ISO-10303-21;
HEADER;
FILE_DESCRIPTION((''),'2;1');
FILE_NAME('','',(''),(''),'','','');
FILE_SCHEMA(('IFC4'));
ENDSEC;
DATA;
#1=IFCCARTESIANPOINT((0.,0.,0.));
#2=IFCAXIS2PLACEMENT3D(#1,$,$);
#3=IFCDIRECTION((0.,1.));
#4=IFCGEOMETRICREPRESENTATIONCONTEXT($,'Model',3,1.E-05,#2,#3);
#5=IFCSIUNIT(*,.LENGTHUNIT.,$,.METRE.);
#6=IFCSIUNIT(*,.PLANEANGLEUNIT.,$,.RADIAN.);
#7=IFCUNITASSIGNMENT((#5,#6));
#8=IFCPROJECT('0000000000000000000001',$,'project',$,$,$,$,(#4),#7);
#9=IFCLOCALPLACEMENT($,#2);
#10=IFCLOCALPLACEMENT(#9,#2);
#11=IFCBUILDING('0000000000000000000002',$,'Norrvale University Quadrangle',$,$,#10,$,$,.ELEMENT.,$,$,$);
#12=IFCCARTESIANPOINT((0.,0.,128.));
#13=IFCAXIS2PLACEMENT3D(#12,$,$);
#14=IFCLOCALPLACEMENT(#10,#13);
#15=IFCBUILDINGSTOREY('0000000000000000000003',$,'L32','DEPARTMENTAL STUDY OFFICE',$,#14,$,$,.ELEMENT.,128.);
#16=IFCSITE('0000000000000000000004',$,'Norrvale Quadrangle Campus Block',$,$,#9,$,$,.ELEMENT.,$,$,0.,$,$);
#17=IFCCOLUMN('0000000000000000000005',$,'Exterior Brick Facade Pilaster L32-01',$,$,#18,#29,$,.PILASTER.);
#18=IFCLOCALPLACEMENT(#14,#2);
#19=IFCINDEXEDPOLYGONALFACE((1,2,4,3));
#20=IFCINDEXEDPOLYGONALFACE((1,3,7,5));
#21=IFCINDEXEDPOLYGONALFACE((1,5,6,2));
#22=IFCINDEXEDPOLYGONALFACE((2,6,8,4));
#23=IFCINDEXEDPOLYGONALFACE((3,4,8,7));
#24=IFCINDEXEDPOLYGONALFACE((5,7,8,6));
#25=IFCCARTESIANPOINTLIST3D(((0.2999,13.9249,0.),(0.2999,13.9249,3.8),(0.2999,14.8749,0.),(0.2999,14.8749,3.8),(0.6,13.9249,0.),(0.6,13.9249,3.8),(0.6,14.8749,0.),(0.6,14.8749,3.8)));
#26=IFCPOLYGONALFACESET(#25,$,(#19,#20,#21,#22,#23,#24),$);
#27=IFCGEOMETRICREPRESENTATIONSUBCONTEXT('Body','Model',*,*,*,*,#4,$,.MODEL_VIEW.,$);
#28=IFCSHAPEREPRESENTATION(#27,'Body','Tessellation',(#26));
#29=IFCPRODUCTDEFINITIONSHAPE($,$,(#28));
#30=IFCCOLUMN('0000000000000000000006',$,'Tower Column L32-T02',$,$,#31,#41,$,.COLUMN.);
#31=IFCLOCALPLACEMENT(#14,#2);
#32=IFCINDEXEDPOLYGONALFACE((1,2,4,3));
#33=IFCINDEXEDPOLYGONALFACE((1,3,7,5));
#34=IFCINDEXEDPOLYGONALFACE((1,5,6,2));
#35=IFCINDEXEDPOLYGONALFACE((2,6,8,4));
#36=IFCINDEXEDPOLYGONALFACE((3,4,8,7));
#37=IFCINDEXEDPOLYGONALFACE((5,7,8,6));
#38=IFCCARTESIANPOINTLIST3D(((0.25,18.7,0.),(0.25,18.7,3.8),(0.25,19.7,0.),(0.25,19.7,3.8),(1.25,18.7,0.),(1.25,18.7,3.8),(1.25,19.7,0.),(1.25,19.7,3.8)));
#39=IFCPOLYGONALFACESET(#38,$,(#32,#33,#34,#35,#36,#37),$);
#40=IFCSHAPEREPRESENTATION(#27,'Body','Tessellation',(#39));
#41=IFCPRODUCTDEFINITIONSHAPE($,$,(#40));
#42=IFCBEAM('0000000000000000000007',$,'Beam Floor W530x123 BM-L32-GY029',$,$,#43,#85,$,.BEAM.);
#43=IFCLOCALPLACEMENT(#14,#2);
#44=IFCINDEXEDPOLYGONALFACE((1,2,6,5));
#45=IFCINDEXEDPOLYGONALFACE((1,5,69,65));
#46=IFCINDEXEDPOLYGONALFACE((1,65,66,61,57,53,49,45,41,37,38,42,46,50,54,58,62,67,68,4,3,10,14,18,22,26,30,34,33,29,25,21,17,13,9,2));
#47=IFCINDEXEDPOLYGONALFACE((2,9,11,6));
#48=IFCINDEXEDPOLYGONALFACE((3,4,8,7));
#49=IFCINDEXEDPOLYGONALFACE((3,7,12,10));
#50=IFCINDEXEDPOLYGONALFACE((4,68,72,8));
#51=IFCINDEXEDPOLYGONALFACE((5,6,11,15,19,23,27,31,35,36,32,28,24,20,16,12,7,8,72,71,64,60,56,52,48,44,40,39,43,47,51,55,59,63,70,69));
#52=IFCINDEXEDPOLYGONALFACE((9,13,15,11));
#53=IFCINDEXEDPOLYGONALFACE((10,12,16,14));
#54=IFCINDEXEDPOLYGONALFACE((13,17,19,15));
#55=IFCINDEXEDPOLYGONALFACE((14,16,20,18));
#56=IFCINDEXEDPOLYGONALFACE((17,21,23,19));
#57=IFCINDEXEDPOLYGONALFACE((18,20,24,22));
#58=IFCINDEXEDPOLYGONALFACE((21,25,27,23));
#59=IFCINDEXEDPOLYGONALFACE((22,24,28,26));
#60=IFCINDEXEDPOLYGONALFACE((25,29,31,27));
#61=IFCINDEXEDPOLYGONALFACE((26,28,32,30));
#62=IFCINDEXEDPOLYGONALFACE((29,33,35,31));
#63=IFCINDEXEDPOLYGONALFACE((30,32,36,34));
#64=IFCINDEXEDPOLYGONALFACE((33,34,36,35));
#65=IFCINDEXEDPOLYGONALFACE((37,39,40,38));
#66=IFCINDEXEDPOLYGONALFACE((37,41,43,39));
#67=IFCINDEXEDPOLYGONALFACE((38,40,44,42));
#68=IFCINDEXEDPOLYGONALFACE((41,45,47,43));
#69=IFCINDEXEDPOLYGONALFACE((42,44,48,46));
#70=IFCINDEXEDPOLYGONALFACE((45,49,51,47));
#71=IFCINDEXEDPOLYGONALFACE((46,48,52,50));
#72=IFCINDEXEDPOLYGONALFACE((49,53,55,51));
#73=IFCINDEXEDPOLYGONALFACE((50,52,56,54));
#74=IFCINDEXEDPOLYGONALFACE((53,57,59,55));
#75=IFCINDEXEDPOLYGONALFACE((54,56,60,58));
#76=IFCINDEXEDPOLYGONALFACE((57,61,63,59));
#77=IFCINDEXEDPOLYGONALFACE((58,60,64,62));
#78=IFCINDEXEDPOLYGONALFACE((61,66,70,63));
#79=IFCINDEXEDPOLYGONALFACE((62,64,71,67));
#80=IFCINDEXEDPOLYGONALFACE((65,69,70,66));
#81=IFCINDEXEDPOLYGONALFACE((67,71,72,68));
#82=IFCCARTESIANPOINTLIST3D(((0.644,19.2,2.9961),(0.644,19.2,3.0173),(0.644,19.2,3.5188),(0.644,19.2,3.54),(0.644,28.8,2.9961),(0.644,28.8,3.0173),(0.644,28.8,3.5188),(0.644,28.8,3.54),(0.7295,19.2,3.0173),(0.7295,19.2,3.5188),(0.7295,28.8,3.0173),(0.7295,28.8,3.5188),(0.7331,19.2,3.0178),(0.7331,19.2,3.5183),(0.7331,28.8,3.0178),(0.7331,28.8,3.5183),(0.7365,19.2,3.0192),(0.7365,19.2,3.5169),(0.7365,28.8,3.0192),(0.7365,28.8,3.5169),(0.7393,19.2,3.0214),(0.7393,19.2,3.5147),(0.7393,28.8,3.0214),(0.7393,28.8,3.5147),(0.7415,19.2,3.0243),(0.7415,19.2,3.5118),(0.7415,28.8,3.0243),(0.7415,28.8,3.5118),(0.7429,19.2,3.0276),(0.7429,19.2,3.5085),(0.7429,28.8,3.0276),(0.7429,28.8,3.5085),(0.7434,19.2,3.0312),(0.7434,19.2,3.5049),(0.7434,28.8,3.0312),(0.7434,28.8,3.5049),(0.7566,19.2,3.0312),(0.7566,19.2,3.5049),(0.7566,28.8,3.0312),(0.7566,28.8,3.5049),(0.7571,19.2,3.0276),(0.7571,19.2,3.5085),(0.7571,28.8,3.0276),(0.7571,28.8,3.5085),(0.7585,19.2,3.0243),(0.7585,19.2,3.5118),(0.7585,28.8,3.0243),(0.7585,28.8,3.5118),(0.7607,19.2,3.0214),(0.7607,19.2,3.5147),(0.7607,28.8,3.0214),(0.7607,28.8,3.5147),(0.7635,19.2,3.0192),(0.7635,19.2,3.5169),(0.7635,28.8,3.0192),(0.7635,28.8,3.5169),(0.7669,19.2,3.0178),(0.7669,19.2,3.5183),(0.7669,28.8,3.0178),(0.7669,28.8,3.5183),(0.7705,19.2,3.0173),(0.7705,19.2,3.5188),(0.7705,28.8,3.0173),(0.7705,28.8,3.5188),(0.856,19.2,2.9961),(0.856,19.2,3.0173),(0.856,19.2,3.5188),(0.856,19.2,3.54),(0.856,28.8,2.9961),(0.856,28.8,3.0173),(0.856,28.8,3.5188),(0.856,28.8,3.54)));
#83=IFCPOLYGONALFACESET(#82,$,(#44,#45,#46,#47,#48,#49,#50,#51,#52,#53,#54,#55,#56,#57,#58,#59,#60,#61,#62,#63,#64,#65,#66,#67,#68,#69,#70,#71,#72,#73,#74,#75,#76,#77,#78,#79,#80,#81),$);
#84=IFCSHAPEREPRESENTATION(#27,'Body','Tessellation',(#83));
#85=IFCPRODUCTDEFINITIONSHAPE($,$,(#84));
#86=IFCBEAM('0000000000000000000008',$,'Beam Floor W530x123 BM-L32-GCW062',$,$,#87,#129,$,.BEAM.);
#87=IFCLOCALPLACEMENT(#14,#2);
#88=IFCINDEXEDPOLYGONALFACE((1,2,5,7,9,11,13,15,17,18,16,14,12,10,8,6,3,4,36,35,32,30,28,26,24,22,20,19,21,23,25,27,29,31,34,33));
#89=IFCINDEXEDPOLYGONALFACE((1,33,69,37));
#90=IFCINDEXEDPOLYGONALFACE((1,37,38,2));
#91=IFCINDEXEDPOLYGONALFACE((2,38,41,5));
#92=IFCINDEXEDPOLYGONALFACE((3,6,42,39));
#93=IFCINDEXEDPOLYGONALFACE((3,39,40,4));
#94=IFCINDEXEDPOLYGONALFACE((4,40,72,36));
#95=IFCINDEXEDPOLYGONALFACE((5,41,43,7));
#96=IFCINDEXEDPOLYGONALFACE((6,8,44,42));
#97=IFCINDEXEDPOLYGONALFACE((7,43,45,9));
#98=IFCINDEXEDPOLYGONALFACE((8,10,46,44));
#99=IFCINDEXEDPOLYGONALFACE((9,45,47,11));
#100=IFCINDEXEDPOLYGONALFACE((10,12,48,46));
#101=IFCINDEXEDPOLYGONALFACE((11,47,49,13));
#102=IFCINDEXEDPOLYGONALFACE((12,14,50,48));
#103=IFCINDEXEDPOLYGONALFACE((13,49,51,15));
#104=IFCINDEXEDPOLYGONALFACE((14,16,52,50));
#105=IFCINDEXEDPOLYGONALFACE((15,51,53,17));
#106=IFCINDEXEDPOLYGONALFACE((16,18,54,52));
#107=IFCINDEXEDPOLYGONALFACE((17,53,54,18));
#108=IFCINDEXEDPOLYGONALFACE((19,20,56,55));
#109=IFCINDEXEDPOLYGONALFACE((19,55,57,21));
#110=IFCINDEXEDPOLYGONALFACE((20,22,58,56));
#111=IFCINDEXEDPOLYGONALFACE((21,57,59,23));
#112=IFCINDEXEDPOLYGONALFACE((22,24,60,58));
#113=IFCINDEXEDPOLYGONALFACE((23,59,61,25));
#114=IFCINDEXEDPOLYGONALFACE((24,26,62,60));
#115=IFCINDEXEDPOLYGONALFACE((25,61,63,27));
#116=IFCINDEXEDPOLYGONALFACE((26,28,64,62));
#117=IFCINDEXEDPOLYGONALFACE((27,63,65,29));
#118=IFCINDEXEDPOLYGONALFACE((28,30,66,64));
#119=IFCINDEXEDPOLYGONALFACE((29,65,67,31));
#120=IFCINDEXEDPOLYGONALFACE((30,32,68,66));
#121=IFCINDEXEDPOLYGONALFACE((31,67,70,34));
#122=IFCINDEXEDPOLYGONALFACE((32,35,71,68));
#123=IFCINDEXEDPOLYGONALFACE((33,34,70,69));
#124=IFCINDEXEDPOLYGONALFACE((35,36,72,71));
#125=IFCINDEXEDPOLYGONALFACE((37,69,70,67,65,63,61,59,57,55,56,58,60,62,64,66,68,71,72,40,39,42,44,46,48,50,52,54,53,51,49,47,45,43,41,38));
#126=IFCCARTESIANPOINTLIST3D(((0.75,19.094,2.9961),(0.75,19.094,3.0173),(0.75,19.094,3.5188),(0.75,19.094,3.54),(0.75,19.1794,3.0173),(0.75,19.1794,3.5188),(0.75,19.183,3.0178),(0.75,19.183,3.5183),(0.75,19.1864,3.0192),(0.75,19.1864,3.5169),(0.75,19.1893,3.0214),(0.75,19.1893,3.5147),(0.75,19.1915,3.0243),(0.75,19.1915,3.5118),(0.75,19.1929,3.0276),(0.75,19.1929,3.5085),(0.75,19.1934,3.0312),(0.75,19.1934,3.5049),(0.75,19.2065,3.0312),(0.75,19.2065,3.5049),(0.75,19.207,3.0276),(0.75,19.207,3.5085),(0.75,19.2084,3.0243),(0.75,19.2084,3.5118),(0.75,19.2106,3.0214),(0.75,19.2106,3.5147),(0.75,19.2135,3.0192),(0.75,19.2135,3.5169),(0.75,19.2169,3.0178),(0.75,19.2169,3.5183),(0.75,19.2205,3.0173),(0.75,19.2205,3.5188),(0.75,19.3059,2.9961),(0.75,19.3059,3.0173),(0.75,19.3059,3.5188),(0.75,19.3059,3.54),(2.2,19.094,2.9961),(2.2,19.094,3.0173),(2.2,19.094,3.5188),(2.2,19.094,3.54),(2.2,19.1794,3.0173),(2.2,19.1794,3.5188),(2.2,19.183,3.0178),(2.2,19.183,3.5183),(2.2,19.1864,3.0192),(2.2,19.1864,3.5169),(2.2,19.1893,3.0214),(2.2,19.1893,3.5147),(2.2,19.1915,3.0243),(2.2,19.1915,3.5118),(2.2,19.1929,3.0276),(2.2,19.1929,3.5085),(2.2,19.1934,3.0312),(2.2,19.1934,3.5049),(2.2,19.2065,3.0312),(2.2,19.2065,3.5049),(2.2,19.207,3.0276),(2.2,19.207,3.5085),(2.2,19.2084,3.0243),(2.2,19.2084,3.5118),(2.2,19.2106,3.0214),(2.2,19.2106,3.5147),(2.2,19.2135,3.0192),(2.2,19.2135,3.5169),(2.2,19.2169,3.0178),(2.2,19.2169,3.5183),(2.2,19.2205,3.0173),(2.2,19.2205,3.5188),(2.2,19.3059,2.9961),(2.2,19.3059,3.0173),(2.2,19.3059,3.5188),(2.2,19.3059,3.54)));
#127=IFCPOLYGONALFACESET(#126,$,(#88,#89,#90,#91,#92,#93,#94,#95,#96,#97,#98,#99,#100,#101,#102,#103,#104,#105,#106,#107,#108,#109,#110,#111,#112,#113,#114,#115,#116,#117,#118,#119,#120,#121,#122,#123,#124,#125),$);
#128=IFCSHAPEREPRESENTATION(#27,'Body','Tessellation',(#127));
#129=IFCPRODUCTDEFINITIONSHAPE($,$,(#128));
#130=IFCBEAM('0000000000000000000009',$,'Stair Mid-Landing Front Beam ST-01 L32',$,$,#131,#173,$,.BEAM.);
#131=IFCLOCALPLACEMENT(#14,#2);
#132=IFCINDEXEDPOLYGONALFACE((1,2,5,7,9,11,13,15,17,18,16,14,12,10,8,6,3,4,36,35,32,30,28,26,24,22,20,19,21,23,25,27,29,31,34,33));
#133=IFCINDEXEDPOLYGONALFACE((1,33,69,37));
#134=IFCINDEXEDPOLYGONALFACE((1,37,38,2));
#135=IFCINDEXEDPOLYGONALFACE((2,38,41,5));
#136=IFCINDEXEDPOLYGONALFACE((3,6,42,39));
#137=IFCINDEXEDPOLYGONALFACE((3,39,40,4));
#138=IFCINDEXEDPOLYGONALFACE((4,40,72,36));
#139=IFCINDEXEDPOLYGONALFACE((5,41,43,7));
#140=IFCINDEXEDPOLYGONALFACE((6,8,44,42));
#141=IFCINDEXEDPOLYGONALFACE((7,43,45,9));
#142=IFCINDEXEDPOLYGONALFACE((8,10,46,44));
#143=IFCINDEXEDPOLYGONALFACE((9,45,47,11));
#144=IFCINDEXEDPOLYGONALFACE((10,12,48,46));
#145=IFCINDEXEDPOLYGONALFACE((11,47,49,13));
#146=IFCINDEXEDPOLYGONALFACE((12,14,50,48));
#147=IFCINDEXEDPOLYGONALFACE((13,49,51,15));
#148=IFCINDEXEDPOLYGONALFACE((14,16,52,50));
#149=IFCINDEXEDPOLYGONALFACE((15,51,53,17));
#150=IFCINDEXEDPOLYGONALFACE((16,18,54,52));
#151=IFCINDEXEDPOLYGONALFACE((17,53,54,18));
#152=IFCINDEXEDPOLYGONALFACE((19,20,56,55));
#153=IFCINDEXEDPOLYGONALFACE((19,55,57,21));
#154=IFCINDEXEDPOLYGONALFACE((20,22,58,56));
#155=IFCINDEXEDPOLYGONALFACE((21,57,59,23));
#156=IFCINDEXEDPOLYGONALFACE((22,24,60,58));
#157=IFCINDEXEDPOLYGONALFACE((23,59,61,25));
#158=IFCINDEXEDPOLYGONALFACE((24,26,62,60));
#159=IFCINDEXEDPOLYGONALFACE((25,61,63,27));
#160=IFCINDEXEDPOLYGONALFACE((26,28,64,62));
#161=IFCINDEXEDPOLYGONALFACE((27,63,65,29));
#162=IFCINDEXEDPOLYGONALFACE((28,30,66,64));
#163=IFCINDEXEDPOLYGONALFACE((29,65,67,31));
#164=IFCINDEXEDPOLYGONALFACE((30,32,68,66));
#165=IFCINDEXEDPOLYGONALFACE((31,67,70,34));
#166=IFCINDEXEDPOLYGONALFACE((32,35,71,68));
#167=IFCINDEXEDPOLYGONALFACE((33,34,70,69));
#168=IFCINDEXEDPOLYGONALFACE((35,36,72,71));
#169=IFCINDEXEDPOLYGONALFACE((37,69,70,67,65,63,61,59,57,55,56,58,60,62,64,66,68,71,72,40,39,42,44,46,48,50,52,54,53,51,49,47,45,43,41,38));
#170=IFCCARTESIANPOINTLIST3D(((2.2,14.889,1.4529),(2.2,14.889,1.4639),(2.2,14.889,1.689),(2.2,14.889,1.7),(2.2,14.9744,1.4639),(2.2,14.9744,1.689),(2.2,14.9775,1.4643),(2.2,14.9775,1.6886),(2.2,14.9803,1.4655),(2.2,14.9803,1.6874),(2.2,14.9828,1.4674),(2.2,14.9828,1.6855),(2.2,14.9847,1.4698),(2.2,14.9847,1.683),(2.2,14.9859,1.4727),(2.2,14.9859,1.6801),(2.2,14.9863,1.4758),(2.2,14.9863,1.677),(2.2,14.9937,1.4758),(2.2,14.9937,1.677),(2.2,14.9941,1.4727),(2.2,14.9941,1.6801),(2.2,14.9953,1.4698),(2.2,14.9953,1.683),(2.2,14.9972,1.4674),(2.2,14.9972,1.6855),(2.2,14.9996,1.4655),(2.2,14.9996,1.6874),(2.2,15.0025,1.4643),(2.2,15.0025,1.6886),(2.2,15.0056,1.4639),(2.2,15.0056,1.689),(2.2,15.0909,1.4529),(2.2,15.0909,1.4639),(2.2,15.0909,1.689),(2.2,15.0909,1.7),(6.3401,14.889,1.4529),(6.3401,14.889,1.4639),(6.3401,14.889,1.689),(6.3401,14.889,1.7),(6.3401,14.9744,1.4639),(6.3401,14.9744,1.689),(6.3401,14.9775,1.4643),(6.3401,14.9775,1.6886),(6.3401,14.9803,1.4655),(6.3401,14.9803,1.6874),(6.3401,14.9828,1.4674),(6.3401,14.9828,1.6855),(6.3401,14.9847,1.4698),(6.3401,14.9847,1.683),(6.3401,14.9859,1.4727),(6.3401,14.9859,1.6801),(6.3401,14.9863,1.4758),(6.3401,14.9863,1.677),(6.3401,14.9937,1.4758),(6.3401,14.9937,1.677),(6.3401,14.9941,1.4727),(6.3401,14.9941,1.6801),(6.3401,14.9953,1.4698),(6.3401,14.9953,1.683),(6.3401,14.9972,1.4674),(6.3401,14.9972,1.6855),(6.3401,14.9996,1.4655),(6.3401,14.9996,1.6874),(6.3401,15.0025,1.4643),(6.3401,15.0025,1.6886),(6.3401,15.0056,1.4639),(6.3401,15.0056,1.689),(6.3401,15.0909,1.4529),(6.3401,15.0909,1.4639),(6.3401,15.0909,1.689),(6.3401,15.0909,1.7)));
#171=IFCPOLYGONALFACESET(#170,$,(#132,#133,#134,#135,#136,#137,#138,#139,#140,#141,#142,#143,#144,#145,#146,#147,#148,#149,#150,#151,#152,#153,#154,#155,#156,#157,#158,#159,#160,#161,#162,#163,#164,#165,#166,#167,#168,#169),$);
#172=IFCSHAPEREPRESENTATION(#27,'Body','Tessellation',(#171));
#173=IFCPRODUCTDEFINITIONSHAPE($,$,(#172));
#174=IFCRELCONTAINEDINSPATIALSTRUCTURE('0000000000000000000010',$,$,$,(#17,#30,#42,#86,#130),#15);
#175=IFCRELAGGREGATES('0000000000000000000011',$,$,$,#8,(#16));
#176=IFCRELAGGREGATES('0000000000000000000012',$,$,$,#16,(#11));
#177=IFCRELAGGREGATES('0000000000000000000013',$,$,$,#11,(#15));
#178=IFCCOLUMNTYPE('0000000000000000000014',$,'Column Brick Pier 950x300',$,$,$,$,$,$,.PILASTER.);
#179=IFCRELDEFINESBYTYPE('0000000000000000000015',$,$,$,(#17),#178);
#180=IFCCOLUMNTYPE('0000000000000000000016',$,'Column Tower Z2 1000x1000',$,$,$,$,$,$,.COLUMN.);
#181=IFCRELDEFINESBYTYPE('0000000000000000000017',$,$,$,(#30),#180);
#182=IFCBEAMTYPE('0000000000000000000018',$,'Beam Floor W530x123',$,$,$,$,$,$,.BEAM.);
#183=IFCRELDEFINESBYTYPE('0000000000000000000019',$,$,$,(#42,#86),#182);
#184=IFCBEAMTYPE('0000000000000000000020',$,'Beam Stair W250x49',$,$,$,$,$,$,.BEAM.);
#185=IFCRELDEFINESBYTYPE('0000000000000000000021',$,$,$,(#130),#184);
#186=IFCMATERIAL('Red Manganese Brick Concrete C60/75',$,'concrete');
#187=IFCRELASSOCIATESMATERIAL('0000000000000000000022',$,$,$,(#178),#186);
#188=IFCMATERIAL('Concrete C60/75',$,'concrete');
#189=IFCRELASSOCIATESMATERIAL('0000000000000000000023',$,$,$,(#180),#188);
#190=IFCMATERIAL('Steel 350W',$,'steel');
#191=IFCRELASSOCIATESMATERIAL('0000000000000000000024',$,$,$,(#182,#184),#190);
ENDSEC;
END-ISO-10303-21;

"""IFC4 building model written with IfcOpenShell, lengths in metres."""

from ifc_helpers import new_model, si_unit, direction, frame, origin, origin_2d, place, context, subcontext, project, spatial, rectangle, i_section, extrude, material, material_profile, profile_set, type_object, element, save


model = new_model("IFC4")

# Units and contexts
model_context = context("Model", 3, precision=1e-05, world=origin(), true_north=direction((0.0, 1.0)))
body_context = subcontext(model_context, "Body", "Model", "MODEL_VIEW")
ifc_project = project(units=[si_unit("LENGTHUNIT", "METRE"), si_unit("PLANEANGLEUNIT", "RADIAN")], contexts=[model_context])

# Site, building, storey
site_placement = place(None, origin())
site = spatial("IfcSite", under=ifc_project, at=site_placement, Name="Norrvale Quadrangle Campus Block", CompositionType="ELEMENT", RefElevation=0.0)
building_placement = place(site_placement, origin())
building = spatial("IfcBuilding", under=site, at=building_placement, Name="Norrvale University Quadrangle", CompositionType="ELEMENT")
storey_placement = place(building_placement, frame((0.0, 0.0, 128.0)))
storey = spatial("IfcBuildingStorey", under=building, at=storey_placement, Name="L32", Description="DEPARTMENTAL STUDY OFFICE", CompositionType="ELEMENT", Elevation=128.0)

# Columns
ifc_material_1 = material(Name="Red Manganese Brick Concrete C60/75", Category="concrete")
ifc_material_profile_1 = material_profile(ifc_material_1, rectangle(XDim=0.95, YDim=0.3, at=origin_2d()), Name="Red Manganese Brick Concrete C60/75")
ifc_profile_set_1 = profile_set([ifc_material_profile_1], Name="Red Manganese Brick Concrete C60/75")
column_type_1 = type_object("IfcColumnType", Name="Column Brick Pier 950x300", PredefinedType="PILASTER", material=ifc_profile_set_1)
column_1_placement = place(storey_placement, frame((0.45, 14.3999, 0.0), z_axis=(0.0, 0.0, 1.0), x_axis=(0.0, 1.0, 0.0)))
element("IfcColumn", 1, at=column_1_placement, inside=storey, type_object=column_type_1, Name="Exterior Brick Facade Pilaster L32-01", PredefinedType="PILASTER", context=body_context, shape_type="SweptSolid", body=[
    extrude(rectangle(XDim=0.95, YDim=0.3, at=origin_2d()), origin(), (0.0, 0.0, 1.0), 3.8),
])
ifc_material_2 = material(Name="Concrete C60/75", Category="concrete")
ifc_material_profile_2 = material_profile(ifc_material_2, rectangle(XDim=1.0, YDim=1.0, at=origin_2d()), Name="Concrete C60/75")
ifc_profile_set_2 = profile_set([ifc_material_profile_2], Name="Concrete C60/75")
column_type_2 = type_object("IfcColumnType", Name="Column Tower Z2 1000x1000", PredefinedType="COLUMN", material=ifc_profile_set_2)
column_2_placement = place(storey_placement, frame((0.75, 19.2, 0.0), z_axis=(0.0, 0.0, 1.0), x_axis=(1.0, 0.0, 0.0)))
element("IfcColumn", 2, at=column_2_placement, inside=storey, type_object=column_type_2, Name="Tower Column L32-T02", PredefinedType="COLUMN", context=body_context, shape_type="SweptSolid", body=[
    extrude(rectangle(XDim=1.0, YDim=1.0, at=origin_2d()), origin(), (0.0, 0.0, 1.0), 3.8),
])

# Beams
ifc_material_3 = material(Name="Steel 350W", Category="steel")
ifc_material_profile_3 = material_profile(ifc_material_3, i_section(OverallWidth=0.2119, OverallDepth=0.5439, WebThickness=0.0132, FlangeThickness=0.0212, FilletRadius=0.0139, at=origin_2d()), Name="Steel 350W")
ifc_profile_set_3 = profile_set([ifc_material_profile_3], Name="Steel 350W")
beam_type_1 = type_object("IfcBeamType", Name="Beam Floor W530x123", PredefinedType="BEAM", material=ifc_profile_set_3)
beam_1_placement = place(storey_placement, frame((0.75, 19.2, 3.2681), z_axis=(0.0, 1.0, 0.0), x_axis=(-1.0, 0.0, 0.0)))
element("IfcBeam", 3, at=beam_1_placement, inside=storey, type_object=beam_type_1, Name="Beam Floor W530x123 BM-L32-GY029", PredefinedType="BEAM", context=body_context, shape_type="SweptSolid", body=[
    extrude(i_section(OverallWidth=0.2119, OverallDepth=0.5439, WebThickness=0.0132, FlangeThickness=0.0212, FilletRadius=0.0139, at=origin_2d()), origin(), (0.0, 0.0, 1.0), 9.6001),
])
beam_2_placement = place(storey_placement, frame((0.75, 19.2, 3.2681), z_axis=(1.0, 0.0, 0.0), x_axis=(0.0, 1.0, 0.0)))
element("IfcBeam", 4, at=beam_2_placement, inside=storey, type_object=beam_type_1, Name="Beam Floor W530x123 BM-L32-GCW062", PredefinedType="BEAM", context=body_context, shape_type="SweptSolid", body=[
    extrude(i_section(OverallWidth=0.2119, OverallDepth=0.5439, WebThickness=0.0132, FlangeThickness=0.0212, FilletRadius=0.0139, at=origin_2d()), origin(), (0.0, 0.0, 1.0), 1.45),
])
ifc_material_profile_4 = material_profile(ifc_material_3, i_section(OverallWidth=0.2019, OverallDepth=0.2471, WebThickness=0.0073, FlangeThickness=0.011, FilletRadius=0.012, at=origin_2d()), Name="Steel 350W")
ifc_profile_set_4 = profile_set([ifc_material_profile_4], Name="Steel 350W")
beam_type_2 = type_object("IfcBeamType", Name="Beam Stair W250x49", PredefinedType="BEAM", material=ifc_profile_set_4)
for number, where, z_axis, x_axis, name in (
    (5, (2.2, 14.99, 1.5764), (1.0, 0.0, 0.0), (0.0, 1.0, 0.0), "Stair Mid-Landing Front Beam ST-01 L32"),
):
    element("IfcBeam", number, at=place(storey_placement, frame(where, z_axis=z_axis, x_axis=x_axis)), inside=storey, type_object=beam_type_2, Name=name, PredefinedType="BEAM", context=body_context, shape_type="SweptSolid", body=[
        extrude(i_section(OverallWidth=0.2019, OverallDepth=0.2471, WebThickness=0.0073, FlangeThickness=0.011, FilletRadius=0.012, at=origin_2d()), origin(), (0.0, 0.0, 1.0), 4.1401),
    ])

save(model, "model.ifc")
